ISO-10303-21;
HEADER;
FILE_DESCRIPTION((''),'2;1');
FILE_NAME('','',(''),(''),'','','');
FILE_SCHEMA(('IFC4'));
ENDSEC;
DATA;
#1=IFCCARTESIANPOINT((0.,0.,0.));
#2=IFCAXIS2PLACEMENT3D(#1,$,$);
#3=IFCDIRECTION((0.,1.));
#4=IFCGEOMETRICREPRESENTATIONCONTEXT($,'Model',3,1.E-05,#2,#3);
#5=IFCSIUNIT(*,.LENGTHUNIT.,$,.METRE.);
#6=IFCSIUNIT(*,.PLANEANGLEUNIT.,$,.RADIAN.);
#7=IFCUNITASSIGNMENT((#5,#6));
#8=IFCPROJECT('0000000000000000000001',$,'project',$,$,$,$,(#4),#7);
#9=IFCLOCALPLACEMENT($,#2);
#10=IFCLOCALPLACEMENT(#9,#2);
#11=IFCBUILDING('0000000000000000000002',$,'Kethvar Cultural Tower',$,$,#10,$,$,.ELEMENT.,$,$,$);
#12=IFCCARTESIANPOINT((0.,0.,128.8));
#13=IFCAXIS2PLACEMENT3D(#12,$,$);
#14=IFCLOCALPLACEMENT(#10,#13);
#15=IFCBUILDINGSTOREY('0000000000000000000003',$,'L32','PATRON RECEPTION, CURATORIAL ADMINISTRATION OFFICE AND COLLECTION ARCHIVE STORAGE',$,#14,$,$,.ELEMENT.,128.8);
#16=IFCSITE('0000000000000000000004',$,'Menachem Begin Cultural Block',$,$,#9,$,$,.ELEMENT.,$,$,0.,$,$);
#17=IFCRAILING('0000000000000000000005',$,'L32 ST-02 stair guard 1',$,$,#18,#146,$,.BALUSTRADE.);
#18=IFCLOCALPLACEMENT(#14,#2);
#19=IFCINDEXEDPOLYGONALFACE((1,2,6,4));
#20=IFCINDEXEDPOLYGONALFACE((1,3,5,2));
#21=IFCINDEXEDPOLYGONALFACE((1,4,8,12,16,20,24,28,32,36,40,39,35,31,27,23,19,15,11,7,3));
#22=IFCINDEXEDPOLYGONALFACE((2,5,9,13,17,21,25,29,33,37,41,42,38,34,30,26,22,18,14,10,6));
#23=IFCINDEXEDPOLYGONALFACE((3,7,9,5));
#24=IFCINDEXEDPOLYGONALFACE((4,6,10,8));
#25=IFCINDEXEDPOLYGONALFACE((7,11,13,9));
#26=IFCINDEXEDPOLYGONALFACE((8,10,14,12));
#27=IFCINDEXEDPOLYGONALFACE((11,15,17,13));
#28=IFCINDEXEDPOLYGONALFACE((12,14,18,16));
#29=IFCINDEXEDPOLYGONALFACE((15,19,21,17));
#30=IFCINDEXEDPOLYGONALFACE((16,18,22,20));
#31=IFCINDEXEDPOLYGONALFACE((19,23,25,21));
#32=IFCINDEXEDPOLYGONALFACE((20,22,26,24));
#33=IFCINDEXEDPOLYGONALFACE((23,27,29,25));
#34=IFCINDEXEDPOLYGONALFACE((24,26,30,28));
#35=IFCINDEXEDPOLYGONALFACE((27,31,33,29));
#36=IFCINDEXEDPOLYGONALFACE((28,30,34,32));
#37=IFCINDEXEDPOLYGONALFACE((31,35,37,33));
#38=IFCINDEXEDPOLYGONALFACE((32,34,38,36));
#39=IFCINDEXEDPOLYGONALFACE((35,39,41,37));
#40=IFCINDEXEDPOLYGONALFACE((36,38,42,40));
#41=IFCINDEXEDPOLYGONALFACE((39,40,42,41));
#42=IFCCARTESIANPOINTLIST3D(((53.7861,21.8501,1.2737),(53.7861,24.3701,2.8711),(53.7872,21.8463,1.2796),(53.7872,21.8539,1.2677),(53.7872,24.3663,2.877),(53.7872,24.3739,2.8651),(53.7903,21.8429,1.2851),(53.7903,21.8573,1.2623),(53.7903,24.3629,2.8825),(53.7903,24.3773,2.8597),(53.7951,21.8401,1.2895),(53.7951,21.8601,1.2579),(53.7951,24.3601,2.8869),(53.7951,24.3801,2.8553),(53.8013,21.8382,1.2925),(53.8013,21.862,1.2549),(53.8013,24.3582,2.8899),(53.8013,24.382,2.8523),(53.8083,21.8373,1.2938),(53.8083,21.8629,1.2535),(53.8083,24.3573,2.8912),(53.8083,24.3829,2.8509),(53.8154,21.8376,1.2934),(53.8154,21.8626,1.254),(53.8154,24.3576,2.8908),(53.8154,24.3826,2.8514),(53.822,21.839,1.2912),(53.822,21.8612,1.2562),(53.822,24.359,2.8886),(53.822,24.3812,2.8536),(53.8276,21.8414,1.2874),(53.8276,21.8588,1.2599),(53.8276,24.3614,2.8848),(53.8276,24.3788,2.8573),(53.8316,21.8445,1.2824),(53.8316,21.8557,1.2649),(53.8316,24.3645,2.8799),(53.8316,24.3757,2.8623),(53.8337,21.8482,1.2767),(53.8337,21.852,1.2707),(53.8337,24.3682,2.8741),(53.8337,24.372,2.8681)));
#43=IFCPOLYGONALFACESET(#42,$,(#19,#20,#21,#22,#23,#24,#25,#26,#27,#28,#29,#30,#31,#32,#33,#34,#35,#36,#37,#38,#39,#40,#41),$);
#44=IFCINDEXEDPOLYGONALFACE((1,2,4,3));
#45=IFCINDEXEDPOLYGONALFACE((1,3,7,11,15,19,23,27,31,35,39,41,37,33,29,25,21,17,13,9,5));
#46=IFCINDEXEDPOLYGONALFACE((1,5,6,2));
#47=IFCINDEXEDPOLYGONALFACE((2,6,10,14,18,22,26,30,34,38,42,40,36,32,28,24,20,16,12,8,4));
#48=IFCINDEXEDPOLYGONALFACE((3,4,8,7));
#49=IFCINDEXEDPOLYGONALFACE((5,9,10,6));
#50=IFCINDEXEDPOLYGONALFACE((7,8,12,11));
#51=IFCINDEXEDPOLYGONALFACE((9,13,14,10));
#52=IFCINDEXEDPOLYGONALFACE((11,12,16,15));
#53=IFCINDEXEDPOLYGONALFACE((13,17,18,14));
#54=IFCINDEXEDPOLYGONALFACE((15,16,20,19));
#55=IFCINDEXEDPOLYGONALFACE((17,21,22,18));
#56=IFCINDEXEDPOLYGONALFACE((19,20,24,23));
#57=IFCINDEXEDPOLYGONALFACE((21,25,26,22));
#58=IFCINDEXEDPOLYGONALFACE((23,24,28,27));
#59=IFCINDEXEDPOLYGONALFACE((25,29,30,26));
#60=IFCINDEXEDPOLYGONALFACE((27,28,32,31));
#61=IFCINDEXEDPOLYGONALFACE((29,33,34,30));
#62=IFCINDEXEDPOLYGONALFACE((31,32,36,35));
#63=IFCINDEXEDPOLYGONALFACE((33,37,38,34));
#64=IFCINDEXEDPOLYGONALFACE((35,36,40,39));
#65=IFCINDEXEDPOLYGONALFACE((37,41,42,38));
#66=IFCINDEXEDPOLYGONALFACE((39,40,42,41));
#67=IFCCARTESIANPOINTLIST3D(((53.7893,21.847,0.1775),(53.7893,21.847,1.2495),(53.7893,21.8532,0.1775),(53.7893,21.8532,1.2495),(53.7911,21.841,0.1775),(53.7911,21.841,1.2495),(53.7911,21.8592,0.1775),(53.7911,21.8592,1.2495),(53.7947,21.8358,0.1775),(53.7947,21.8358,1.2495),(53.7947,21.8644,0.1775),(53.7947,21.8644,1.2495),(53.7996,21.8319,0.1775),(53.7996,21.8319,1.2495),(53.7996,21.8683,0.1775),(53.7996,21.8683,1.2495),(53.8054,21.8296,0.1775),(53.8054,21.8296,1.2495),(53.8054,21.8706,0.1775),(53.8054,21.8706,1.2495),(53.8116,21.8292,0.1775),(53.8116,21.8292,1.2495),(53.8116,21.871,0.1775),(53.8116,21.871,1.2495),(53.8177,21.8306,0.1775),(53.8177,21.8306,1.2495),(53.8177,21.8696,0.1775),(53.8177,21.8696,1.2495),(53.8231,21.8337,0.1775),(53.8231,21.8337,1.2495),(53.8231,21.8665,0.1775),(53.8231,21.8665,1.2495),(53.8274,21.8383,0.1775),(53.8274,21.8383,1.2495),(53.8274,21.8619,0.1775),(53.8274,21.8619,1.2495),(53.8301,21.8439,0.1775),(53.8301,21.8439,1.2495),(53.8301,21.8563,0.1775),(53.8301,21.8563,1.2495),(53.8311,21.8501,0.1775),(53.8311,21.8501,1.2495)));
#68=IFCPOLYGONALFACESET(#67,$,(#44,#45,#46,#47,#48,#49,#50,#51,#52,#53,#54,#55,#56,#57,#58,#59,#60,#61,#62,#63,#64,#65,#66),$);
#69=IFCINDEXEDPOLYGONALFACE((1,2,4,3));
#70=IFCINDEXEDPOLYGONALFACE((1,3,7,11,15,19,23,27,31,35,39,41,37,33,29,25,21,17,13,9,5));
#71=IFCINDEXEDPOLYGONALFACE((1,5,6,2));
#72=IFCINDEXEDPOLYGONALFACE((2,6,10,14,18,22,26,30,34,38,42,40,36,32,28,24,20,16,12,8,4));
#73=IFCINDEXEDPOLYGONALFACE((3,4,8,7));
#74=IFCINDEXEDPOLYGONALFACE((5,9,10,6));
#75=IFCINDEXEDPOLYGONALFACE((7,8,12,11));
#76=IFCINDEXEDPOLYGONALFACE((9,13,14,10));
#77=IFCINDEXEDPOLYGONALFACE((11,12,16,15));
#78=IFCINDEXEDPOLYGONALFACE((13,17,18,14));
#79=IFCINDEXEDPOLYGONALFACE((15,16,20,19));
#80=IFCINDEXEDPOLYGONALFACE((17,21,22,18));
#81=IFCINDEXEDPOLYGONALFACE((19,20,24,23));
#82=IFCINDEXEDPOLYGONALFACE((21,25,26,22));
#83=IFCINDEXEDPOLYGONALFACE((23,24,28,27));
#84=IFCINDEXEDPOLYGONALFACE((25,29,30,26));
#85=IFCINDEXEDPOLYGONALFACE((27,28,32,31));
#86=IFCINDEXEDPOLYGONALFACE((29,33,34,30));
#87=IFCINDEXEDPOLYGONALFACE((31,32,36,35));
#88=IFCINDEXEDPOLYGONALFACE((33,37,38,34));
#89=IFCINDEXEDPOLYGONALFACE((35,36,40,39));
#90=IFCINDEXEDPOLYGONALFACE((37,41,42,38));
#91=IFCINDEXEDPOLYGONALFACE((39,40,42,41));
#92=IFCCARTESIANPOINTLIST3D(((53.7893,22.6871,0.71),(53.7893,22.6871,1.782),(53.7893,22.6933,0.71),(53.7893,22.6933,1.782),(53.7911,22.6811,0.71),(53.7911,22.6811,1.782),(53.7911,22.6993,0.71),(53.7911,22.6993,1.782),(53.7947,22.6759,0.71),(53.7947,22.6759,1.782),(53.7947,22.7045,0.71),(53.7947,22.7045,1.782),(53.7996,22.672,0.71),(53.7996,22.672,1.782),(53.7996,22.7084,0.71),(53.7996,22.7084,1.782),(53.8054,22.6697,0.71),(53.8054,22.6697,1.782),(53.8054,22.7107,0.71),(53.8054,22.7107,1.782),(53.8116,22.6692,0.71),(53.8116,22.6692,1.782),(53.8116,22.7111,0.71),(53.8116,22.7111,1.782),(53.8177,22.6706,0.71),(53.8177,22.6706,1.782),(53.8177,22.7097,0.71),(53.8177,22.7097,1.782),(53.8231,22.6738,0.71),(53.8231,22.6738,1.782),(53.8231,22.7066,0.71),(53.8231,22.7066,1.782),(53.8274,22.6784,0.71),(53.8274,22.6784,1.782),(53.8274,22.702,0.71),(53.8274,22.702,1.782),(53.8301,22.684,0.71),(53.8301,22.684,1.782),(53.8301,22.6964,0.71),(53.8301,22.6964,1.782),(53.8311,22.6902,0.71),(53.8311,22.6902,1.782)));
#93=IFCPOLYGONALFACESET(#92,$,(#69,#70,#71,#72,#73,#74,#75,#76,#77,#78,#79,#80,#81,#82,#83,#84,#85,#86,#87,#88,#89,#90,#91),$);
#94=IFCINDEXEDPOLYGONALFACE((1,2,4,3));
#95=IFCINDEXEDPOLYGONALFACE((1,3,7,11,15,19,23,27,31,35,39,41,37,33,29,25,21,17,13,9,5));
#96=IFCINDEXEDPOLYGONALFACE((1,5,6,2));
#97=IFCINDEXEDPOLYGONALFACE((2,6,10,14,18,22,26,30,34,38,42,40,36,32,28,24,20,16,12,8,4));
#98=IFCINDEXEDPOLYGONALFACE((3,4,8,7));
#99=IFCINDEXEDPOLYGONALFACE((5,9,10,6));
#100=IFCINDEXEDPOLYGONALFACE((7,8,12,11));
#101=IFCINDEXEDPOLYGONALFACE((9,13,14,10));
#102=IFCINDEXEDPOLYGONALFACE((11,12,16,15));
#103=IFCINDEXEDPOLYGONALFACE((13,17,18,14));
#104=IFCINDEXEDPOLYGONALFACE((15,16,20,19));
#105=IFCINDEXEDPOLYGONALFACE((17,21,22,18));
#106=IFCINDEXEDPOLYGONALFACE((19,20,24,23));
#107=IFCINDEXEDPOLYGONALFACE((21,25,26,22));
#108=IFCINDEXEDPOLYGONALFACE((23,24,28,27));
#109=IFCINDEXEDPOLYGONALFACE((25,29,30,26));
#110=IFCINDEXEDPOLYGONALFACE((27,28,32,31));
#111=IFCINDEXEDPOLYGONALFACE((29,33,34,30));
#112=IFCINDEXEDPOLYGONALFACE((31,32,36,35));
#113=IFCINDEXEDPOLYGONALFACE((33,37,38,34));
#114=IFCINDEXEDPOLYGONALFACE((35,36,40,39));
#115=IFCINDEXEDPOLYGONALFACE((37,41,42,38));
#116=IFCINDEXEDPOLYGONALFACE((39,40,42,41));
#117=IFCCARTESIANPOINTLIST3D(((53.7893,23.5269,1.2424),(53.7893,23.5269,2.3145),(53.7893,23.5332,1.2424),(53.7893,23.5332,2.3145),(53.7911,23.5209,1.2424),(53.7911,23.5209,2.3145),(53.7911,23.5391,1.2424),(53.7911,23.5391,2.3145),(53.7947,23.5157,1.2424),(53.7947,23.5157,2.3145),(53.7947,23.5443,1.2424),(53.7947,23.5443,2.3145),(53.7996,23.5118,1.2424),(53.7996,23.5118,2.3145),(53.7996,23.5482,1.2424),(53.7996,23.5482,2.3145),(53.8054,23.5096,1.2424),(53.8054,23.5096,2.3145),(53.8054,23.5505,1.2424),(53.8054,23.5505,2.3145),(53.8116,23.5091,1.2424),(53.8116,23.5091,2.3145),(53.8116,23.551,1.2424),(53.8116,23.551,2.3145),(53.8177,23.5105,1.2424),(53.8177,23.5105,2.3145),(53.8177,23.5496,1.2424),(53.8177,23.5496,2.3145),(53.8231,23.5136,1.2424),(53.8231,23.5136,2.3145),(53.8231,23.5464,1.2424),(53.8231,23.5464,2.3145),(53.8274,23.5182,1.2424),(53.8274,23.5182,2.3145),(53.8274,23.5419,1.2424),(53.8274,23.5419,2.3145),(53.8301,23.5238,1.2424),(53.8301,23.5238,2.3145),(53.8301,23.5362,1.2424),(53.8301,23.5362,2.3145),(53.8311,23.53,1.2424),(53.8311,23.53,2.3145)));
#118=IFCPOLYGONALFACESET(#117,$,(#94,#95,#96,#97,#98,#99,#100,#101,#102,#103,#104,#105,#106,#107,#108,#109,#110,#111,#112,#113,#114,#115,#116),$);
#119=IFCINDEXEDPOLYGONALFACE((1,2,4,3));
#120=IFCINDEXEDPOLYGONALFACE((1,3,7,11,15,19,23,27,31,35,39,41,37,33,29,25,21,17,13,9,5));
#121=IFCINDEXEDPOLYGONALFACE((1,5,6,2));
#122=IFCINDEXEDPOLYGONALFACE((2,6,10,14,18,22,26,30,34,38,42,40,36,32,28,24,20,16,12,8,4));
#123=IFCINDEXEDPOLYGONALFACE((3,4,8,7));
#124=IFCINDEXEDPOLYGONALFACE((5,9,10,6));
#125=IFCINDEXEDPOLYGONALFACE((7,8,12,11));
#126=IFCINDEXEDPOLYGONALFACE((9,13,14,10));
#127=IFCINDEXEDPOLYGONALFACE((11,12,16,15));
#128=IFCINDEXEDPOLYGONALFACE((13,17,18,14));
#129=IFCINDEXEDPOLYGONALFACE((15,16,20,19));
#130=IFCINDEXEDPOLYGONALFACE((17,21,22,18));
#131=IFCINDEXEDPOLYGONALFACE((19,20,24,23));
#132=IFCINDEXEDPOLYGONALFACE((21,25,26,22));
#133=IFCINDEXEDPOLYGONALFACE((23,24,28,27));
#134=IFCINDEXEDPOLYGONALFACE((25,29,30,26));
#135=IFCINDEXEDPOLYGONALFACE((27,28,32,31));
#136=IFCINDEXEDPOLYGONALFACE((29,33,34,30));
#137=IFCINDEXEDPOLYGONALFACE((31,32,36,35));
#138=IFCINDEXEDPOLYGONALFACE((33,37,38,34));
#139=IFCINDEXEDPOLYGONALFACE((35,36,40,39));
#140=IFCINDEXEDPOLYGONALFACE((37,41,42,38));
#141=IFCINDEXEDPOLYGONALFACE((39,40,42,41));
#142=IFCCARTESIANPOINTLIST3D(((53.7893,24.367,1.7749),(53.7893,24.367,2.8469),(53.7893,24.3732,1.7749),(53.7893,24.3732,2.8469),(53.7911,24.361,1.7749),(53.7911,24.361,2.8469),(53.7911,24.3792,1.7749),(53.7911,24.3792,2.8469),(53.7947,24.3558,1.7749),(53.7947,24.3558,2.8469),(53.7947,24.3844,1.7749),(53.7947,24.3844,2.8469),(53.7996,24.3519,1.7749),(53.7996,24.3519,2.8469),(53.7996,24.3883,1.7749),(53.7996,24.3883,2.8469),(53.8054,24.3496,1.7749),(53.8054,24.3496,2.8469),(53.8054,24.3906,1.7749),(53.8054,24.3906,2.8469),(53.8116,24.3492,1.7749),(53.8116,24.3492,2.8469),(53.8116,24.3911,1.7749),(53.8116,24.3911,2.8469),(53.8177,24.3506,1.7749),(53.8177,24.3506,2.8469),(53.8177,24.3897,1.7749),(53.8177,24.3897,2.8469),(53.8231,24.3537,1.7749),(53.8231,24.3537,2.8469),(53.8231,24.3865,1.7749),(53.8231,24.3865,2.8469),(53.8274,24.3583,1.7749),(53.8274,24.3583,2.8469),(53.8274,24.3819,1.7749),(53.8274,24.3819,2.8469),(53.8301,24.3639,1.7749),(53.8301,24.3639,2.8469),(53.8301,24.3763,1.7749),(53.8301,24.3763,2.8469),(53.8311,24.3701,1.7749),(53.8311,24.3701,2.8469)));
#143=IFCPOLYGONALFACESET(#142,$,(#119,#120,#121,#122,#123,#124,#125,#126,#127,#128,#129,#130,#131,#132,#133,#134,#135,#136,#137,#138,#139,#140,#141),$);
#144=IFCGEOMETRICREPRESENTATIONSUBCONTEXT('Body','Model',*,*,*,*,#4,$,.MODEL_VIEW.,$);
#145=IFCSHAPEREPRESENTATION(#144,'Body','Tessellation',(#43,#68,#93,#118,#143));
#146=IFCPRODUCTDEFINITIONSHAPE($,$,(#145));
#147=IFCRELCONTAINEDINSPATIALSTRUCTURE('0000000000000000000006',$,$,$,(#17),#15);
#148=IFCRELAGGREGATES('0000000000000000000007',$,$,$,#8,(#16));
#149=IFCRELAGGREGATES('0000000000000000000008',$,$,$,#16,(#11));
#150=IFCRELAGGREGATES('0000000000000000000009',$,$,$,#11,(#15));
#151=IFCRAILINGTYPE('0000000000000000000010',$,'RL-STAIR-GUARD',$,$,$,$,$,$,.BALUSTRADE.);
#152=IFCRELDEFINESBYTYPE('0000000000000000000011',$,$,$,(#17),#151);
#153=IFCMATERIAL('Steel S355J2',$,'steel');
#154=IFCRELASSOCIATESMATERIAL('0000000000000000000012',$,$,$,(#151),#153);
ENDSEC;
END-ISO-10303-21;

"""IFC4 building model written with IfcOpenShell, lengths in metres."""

from ifc_helpers import new_model, si_unit, direction, frame, origin, origin_2d, place, context, subcontext, project, spatial, circle, extrude, material, type_object, element, save


model = new_model("IFC4")

# Units and contexts
model_context = context("Model", 3, precision=1e-05, world=origin(), true_north=direction((0.0, 1.0)))
body_context = subcontext(model_context, "Body", "Model", "MODEL_VIEW")
ifc_project = project(units=[si_unit("LENGTHUNIT", "METRE"), si_unit("PLANEANGLEUNIT", "RADIAN")], contexts=[model_context])

# Site, building, storey
site_placement = place(None, origin())
site = spatial("IfcSite", under=ifc_project, at=site_placement, Name="Menachem Begin Cultural Block", CompositionType="ELEMENT", RefElevation=0.0)
building_placement = place(site_placement, origin())
building = spatial("IfcBuilding", under=site, at=building_placement, Name="Kethvar Cultural Tower", CompositionType="ELEMENT")
storey_placement = place(building_placement, frame((0.0, 0.0, 128.8)))
storey = spatial("IfcBuildingStorey", under=building, at=storey_placement, Name="L32", Description="PATRON RECEPTION, CURATORIAL ADMINISTRATION OFFICE AND COLLECTION ARCHIVE STORAGE", CompositionType="ELEMENT", Elevation=128.8)

# Shared definitions
ifc_material_1 = material(Name="Steel S355J2", Category="steel")

# Railing
railing_type_1 = type_object("IfcRailingType", Name="RL-STAIR-GUARD", PredefinedType="BALUSTRADE", material=ifc_material_1)
railing_1_placement = place(storey_placement, frame((53.8101, 21.8501, 0.1775)))
element("IfcRailing", 1, at=railing_1_placement, inside=storey, type_object=railing_type_1, Name="L32 ST-02 stair guard 1", PredefinedType="BALUSTRADE", context=body_context, shape_type="SweptSolid", body=[
    extrude(circle(Radius=0.0239, at=origin_2d()), frame((0.0, 0.0, 1.0962), z_axis=(0.0, 0.844607, 0.535387), x_axis=(-1.0, 0.0, 0.0)), (0.0, 0.0, 1.0), 2.9836),
    extrude(circle(Radius=0.021, at=origin_2d()), origin(), (0.0, 0.0, 1.0), 1.072),
    extrude(circle(Radius=0.021, at=origin_2d()), frame((0.0, 0.8401, 0.5325)), (0.0, 0.0, 1.0), 1.072),
    extrude(circle(Radius=0.021, at=origin_2d()), frame((0.0, 1.6799, 1.0649)), (0.0, 0.0, 1.0), 1.072),
    extrude(circle(Radius=0.021, at=origin_2d()), frame((0.0, 2.52, 1.5974)), (0.0, 0.0, 1.0), 1.072),
])

save(model, "model.ifc")
